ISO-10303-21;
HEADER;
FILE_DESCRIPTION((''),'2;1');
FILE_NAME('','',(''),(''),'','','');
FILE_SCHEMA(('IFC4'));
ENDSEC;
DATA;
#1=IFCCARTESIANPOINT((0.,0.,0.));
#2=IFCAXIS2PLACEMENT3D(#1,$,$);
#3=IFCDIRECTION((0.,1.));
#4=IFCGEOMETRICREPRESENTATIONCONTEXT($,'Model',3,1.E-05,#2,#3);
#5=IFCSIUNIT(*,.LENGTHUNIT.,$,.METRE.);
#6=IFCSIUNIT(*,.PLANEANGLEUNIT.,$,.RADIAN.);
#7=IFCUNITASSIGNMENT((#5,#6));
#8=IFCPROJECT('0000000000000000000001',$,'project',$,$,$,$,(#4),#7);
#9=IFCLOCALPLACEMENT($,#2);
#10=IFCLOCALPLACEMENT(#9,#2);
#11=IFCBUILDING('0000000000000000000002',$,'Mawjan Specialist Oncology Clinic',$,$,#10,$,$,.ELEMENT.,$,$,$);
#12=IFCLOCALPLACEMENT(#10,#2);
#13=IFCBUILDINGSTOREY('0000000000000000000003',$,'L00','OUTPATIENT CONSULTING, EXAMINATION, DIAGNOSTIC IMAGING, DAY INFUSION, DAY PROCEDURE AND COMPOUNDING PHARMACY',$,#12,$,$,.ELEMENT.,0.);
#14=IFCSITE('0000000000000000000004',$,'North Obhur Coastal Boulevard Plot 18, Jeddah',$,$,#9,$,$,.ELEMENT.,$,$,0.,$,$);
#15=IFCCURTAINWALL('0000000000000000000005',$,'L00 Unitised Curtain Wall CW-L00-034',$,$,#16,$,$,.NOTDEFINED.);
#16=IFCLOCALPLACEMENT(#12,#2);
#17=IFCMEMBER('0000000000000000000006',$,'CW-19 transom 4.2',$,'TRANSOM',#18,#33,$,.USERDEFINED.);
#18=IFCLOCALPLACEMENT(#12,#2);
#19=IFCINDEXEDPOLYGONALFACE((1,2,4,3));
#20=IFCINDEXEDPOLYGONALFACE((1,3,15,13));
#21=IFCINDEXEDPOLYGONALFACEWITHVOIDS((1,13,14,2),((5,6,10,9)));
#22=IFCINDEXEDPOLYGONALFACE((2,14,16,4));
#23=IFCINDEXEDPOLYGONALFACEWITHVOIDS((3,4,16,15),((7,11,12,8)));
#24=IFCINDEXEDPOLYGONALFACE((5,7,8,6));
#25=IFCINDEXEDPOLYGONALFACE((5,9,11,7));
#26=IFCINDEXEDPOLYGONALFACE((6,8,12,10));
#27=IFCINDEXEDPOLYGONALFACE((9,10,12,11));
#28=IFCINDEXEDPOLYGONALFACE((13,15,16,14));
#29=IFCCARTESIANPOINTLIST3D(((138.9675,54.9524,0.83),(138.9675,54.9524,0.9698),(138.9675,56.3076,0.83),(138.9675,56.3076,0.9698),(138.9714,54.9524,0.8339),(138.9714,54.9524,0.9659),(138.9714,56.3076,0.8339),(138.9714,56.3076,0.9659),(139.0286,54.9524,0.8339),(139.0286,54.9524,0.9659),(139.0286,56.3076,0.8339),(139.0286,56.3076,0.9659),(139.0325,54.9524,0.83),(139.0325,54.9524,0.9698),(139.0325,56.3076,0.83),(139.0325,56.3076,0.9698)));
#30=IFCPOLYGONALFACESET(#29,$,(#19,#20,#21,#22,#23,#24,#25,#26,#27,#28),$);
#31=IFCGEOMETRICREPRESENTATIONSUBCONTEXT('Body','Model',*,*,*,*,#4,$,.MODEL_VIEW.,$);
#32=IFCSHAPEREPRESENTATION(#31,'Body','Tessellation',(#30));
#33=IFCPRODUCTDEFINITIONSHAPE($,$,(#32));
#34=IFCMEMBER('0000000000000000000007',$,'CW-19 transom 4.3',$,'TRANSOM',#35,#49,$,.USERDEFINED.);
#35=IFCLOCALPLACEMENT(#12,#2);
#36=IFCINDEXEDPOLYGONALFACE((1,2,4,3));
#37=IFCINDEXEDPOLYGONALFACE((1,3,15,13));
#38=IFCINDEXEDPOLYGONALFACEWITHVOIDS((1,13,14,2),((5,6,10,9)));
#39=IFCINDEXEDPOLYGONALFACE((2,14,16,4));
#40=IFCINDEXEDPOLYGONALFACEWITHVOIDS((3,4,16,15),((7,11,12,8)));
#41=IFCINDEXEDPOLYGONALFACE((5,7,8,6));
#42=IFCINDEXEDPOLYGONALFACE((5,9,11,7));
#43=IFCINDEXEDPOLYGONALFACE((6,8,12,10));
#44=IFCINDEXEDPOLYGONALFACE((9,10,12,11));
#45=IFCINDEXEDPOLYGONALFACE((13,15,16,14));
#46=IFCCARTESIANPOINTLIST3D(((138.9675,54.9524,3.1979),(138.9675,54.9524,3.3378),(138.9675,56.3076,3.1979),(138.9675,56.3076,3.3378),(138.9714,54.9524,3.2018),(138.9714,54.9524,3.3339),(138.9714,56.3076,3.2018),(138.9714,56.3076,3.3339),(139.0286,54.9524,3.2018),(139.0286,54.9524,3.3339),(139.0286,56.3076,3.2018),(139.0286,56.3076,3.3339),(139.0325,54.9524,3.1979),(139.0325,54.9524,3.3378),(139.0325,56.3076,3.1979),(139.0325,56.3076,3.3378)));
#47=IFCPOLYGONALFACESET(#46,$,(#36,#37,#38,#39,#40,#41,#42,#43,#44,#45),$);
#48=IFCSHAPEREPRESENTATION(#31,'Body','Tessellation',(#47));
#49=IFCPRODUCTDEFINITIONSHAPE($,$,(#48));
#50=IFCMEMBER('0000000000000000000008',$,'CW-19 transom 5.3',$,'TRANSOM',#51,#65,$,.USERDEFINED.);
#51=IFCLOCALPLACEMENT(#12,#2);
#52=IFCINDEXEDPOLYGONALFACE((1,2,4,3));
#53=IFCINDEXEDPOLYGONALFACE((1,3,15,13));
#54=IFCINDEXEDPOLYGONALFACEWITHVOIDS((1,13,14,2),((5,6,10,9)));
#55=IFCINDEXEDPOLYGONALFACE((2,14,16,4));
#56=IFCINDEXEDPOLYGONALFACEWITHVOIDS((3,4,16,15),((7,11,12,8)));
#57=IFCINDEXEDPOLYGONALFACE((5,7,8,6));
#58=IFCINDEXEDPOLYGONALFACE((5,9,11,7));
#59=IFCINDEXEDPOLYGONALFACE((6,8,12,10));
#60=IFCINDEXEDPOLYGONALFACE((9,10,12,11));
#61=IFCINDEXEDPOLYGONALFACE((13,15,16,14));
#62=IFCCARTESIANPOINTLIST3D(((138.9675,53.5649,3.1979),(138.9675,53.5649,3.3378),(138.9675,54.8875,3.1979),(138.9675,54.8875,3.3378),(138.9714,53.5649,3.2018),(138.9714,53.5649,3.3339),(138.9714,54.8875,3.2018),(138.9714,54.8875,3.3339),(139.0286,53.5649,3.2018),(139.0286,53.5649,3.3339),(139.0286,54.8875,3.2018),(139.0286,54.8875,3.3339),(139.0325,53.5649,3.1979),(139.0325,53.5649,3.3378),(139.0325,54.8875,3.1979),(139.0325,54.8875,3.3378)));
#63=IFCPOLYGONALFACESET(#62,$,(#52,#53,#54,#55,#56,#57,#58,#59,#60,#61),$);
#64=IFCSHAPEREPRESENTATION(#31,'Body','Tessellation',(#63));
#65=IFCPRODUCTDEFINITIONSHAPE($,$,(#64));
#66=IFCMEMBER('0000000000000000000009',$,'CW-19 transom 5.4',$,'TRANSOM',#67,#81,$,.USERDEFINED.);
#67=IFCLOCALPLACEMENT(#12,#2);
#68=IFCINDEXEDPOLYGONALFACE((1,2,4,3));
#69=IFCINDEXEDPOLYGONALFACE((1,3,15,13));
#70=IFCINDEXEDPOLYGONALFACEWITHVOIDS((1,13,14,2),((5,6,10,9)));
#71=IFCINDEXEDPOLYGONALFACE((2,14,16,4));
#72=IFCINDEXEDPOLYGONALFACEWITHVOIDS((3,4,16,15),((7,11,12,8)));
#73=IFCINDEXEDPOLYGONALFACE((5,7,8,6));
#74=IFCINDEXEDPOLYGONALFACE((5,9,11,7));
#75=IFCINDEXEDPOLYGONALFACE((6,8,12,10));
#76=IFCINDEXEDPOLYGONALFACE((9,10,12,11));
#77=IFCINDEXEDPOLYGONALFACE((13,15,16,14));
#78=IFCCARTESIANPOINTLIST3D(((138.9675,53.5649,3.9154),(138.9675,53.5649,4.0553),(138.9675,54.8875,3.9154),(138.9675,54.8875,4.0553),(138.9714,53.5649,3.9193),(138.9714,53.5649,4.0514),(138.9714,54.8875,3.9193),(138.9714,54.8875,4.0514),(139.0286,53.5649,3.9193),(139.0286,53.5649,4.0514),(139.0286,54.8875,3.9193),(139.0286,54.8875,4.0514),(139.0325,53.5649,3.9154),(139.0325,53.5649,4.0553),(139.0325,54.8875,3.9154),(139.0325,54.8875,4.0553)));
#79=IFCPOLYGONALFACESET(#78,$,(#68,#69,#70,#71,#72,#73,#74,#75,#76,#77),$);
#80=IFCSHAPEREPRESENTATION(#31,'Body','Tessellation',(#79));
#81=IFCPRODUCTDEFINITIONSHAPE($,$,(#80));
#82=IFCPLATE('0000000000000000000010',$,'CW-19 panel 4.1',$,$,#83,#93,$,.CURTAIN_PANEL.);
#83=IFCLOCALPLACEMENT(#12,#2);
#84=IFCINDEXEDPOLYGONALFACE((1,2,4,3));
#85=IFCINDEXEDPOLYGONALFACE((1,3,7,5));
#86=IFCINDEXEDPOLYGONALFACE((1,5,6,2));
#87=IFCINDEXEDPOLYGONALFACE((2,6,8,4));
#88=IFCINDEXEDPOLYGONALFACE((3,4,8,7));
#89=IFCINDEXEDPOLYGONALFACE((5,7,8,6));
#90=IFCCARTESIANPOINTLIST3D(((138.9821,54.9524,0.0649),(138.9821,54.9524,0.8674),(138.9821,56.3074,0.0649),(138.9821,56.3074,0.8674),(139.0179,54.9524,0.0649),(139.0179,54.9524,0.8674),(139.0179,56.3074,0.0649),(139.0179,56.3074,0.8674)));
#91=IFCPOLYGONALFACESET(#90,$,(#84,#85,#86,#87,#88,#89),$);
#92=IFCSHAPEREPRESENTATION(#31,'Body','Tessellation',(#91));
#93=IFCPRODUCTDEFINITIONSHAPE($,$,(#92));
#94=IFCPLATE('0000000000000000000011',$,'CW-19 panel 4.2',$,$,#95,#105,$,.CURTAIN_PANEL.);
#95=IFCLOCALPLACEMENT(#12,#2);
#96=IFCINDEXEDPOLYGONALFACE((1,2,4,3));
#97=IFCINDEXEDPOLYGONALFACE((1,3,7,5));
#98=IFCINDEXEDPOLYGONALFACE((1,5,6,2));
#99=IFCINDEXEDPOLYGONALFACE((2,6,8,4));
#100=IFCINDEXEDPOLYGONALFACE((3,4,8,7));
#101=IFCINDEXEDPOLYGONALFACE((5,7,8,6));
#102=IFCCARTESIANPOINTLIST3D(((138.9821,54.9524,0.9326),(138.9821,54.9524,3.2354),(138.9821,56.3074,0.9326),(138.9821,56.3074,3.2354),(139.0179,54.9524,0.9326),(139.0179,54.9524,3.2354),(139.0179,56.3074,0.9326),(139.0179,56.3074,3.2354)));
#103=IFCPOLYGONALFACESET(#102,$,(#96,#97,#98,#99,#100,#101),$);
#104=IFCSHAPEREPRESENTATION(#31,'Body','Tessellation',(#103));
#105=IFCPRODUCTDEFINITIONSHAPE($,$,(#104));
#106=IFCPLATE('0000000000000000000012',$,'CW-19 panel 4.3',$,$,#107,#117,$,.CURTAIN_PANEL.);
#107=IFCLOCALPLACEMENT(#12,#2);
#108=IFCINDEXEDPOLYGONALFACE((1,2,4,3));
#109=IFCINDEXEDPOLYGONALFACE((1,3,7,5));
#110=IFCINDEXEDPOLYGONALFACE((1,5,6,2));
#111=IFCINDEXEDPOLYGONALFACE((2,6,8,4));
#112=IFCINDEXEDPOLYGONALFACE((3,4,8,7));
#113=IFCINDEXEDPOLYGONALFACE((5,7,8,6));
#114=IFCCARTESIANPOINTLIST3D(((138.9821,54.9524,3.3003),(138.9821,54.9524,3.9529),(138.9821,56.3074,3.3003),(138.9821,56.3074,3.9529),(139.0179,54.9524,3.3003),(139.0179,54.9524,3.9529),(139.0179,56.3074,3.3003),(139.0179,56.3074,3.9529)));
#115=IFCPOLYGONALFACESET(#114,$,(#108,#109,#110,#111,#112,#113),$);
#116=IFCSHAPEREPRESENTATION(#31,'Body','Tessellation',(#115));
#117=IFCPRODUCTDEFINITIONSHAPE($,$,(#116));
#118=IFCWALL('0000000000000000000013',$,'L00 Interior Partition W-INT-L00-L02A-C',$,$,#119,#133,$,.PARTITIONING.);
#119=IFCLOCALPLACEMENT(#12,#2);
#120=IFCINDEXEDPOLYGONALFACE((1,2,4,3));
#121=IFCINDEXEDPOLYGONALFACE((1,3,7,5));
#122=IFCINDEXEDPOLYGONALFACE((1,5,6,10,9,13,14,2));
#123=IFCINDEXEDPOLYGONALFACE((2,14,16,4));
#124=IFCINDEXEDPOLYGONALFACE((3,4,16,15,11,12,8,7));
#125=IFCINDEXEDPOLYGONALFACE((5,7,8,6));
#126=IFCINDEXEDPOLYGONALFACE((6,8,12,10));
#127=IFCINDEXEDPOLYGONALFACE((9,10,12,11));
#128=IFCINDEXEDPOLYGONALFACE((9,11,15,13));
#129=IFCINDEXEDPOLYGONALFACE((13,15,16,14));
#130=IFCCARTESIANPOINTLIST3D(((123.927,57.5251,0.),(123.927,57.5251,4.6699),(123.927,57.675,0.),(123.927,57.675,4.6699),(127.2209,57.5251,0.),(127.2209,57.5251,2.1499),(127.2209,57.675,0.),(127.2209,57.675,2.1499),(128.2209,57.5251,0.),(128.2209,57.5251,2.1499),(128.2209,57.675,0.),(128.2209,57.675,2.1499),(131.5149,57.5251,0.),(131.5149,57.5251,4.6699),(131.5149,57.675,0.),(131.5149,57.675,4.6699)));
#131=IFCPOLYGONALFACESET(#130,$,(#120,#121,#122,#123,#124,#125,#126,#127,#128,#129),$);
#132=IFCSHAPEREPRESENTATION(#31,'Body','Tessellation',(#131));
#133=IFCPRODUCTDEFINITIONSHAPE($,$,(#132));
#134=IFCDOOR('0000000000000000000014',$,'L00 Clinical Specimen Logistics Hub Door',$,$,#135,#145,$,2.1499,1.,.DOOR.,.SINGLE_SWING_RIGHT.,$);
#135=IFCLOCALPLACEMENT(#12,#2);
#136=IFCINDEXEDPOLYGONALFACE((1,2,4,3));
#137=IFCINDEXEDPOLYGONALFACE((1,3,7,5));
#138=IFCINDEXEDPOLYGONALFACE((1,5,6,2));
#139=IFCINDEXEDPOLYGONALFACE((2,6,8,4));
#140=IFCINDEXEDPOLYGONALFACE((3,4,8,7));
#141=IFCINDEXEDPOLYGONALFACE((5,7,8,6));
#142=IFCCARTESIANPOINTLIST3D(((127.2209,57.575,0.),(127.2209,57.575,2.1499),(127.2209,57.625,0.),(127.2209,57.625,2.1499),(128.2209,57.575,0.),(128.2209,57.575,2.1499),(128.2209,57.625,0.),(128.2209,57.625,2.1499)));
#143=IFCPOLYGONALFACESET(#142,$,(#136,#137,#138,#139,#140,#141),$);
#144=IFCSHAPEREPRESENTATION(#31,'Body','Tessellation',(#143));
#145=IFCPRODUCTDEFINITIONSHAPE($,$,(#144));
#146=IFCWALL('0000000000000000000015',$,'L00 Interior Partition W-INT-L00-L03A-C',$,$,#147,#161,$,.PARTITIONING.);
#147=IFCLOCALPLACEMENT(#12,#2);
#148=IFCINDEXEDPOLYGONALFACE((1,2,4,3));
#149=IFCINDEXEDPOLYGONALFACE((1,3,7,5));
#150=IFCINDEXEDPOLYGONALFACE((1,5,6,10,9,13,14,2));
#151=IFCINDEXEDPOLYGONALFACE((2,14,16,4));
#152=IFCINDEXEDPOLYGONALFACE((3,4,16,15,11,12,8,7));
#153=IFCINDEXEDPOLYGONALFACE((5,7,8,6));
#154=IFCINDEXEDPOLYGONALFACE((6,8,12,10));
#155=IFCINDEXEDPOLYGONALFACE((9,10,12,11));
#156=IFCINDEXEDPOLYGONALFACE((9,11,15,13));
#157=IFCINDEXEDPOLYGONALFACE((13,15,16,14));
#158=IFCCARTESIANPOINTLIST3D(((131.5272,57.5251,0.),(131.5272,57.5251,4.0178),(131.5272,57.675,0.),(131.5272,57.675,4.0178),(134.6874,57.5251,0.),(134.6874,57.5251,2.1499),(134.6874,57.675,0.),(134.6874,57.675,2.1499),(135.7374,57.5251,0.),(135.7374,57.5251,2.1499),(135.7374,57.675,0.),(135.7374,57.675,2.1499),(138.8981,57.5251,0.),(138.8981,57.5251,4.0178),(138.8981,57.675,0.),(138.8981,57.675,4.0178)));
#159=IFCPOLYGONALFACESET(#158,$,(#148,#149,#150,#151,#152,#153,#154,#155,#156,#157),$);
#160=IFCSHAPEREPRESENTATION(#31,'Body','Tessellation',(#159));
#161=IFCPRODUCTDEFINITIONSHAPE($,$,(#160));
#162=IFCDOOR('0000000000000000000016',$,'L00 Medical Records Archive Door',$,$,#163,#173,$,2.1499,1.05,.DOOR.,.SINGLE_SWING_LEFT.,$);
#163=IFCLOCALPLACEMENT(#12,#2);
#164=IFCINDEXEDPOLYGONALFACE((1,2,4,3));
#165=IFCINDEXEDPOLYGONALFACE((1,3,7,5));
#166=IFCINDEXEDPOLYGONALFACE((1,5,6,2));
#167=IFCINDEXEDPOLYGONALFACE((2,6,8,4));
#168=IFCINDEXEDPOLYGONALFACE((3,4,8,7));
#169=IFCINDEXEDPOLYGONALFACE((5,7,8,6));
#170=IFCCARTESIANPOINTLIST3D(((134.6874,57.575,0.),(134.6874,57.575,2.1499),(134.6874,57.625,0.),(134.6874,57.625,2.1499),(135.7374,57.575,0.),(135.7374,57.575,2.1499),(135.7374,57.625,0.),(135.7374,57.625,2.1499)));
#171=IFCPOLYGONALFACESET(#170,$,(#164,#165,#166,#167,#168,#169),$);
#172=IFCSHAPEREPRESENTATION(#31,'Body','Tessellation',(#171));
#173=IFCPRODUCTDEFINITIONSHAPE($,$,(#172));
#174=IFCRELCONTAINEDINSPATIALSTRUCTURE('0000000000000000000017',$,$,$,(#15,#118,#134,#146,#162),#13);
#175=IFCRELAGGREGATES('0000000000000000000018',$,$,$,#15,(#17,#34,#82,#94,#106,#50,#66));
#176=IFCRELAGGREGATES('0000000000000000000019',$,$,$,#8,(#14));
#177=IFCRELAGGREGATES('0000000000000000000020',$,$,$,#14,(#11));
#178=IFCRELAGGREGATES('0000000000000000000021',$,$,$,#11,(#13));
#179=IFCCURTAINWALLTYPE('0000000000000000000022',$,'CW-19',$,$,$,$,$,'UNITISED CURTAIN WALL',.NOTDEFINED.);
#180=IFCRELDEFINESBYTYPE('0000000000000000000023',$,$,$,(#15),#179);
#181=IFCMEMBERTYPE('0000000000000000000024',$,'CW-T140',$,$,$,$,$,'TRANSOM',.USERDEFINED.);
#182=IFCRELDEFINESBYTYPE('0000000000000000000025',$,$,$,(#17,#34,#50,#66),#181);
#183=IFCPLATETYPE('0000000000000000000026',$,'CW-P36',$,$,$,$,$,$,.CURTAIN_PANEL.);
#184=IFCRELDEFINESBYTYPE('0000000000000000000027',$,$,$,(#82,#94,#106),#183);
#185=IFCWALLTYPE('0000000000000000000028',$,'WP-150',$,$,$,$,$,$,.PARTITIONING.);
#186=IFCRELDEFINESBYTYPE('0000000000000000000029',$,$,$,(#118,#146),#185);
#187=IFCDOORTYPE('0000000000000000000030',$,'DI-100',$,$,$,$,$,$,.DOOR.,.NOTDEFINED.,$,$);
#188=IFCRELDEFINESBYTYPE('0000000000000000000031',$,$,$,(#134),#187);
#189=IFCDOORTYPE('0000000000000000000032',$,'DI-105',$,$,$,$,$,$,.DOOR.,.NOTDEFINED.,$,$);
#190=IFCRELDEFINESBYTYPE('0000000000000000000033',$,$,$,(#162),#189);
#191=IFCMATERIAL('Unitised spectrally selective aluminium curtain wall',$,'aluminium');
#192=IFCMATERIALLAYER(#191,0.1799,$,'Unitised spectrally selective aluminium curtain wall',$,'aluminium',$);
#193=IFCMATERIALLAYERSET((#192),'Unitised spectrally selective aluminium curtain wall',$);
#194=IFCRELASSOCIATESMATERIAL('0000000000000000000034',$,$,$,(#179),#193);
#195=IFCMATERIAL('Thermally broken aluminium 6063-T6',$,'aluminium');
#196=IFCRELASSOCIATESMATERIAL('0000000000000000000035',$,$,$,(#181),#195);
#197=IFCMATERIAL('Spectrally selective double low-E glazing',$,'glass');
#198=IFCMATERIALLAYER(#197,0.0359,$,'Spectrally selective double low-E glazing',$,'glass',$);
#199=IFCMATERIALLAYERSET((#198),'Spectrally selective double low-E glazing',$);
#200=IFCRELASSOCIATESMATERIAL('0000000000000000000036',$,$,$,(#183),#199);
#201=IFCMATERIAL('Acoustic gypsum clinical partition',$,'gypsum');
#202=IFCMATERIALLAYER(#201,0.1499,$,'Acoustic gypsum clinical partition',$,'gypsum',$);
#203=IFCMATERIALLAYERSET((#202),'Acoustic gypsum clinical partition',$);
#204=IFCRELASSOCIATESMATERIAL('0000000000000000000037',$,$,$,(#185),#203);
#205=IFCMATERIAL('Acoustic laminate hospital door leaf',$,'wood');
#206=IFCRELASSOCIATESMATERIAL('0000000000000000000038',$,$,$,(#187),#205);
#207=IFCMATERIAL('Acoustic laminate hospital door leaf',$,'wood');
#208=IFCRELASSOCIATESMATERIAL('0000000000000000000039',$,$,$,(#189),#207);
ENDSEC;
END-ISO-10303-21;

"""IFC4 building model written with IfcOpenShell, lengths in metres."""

from ifc_helpers import new_model, si_unit, direction, frame, frame_2d, origin, origin_2d, place, context, subcontext, project, spatial, rectangle, hollow_rectangle, extrude, material, layer, layer_set, material_profile, profile_set, type_object, element, fill, aggregate, save


model = new_model("IFC4")

# Units and contexts
model_context = context("Model", 3, precision=1e-05, world=origin(), true_north=direction((0.0, 1.0)))
body_context = subcontext(model_context, "Body", "Model", "MODEL_VIEW")
ifc_project = project(units=[si_unit("LENGTHUNIT", "METRE"), si_unit("PLANEANGLEUNIT", "RADIAN")], contexts=[model_context])

# Site, building, storey
site_placement = place(None, origin())
site = spatial("IfcSite", under=ifc_project, at=site_placement, Name="North Obhur Coastal Boulevard Plot 18, Jeddah", CompositionType="ELEMENT", RefElevation=0.0)
building_placement = place(site_placement, origin())
building = spatial("IfcBuilding", under=site, at=building_placement, Name="Mawjan Specialist Oncology Clinic", CompositionType="ELEMENT")
storey_placement = place(building_placement, origin())
storey = spatial("IfcBuildingStorey", under=building, at=storey_placement, Name="L00", Description="OUTPATIENT CONSULTING, EXAMINATION, DIAGNOSTIC IMAGING, DAY INFUSION, DAY PROCEDURE AND COMPOUNDING PHARMACY", CompositionType="ELEMENT", Elevation=0.0)

# Curtain wall, members, plates
ifc_material_1 = material(Name="Unitised spectrally selective aluminium curtain wall", Category="aluminium")
ifc_layer_1 = layer(ifc_material_1, 0.1799, Name="Unitised spectrally selective aluminium curtain wall", Category="aluminium")
ifc_layer_set_1 = layer_set([ifc_layer_1], Name="Unitised spectrally selective aluminium curtain wall")
curtain_wall_type = type_object("IfcCurtainWallType", Name="CW-19", ElementType="UNITISED CURTAIN WALL", PredefinedType="NOTDEFINED", material=ifc_layer_set_1)
curtain_wall_placement = place(storey_placement, origin())
curtain_wall = element("IfcCurtainWall", 1, at=curtain_wall_placement, inside=storey, type_object=curtain_wall_type, Name="L00 Unitised Curtain Wall CW-L00-034", PredefinedType="NOTDEFINED")
ifc_material_2 = material(Name="Thermally broken aluminium 6063-T6", Category="aluminium")
ifc_material_profile_1 = material_profile(ifc_material_2, hollow_rectangle(XDim=0.0649, YDim=0.1399, WallThickness=0.0039, at=origin_2d()), Name="ALU TRANSOM 140x65x4", Category="aluminium")
ifc_profile_set_1 = profile_set([ifc_material_profile_1], Name="Thermally broken aluminium 6063-T6")
member_type_1 = type_object("IfcMemberType", Name="CW-T140", ElementType="TRANSOM", PredefinedType="USERDEFINED", material=ifc_profile_set_1)
member_1_placement = place(storey_placement, frame((139.0, 56.3076, 0.8999), z_axis=(0.0, -1.0, 0.0), x_axis=(1.0, 0.0, 0.0)))
member_1 = element("IfcMember", 2, at=member_1_placement, type_object=member_type_1, Name="CW-19 transom 4.2", ObjectType="TRANSOM", PredefinedType="USERDEFINED", context=body_context, shape_type="SweptSolid", body=[
    extrude(hollow_rectangle(XDim=0.0649, YDim=0.1399, WallThickness=0.0039, at=origin_2d()), origin(), (0.0, 0.0, 1.0), 1.3552),
])
member_2_placement = place(storey_placement, frame((139.0, 56.3076, 3.2678), z_axis=(0.0, -1.0, 0.0), x_axis=(1.0, 0.0, 0.0)))
member_2 = element("IfcMember", 3, at=member_2_placement, type_object=member_type_1, Name="CW-19 transom 4.3", ObjectType="TRANSOM", PredefinedType="USERDEFINED", context=body_context, shape_type="SweptSolid", body=[
    extrude(hollow_rectangle(XDim=0.0649, YDim=0.1399, WallThickness=0.0039, at=origin_2d()), origin(), (0.0, 0.0, 1.0), 1.3552),
])
member_3_placement = place(storey_placement, frame((139.0, 54.8875, 3.2678), z_axis=(0.0, -1.0, 0.0), x_axis=(1.0, 0.0, 0.0)))
member_3 = element("IfcMember", 4, at=member_3_placement, type_object=member_type_1, Name="CW-19 transom 5.3", ObjectType="TRANSOM", PredefinedType="USERDEFINED", context=body_context, shape_type="SweptSolid", body=[
    extrude(hollow_rectangle(XDim=0.0649, YDim=0.1399, WallThickness=0.0039, at=origin_2d()), origin(), (0.0, 0.0, 1.0), 1.3225),
])
member_4_placement = place(storey_placement, frame((139.0, 54.8875, 3.9854), z_axis=(0.0, -1.0, 0.0), x_axis=(1.0, 0.0, 0.0)))
member_4 = element("IfcMember", 5, at=member_4_placement, type_object=member_type_1, Name="CW-19 transom 5.4", ObjectType="TRANSOM", PredefinedType="USERDEFINED", context=body_context, shape_type="SweptSolid", body=[
    extrude(hollow_rectangle(XDim=0.0649, YDim=0.1399, WallThickness=0.0039, at=origin_2d()), origin(), (0.0, 0.0, 1.0), 1.3225),
])
ifc_material_3 = material(Name="Spectrally selective double low-E glazing", Category="glass")
ifc_layer_2 = layer(ifc_material_3, 0.0359, Name="Spectrally selective double low-E glazing", Category="glass")
ifc_layer_set_2 = layer_set([ifc_layer_2], Name="Spectrally selective double low-E glazing")
plate_type = type_object("IfcPlateType", Name="CW-P36", PredefinedType="CURTAIN_PANEL", material=ifc_layer_set_2)
plate_1_placement = place(storey_placement, frame((139.0, 55.6299, 0.0649), z_axis=(0.0, 0.0, 1.0), x_axis=(0.0, -1.0, 0.0)))
plate_1 = element("IfcPlate", 6, at=plate_1_placement, type_object=plate_type, Name="CW-19 panel 4.1", PredefinedType="CURTAIN_PANEL", context=body_context, shape_type="SweptSolid", body=[
    extrude(rectangle(XDim=1.355, YDim=0.0359, at=origin_2d()), origin(), (0.0, 0.0, 1.0), 0.8025),
])
plate_2_placement = place(storey_placement, frame((139.0, 55.6299, 0.9326), z_axis=(0.0, 0.0, 1.0), x_axis=(0.0, -1.0, 0.0)))
plate_2 = element("IfcPlate", 7, at=plate_2_placement, type_object=plate_type, Name="CW-19 panel 4.2", PredefinedType="CURTAIN_PANEL", context=body_context, shape_type="SweptSolid", body=[
    extrude(rectangle(XDim=1.355, YDim=0.0359, at=origin_2d()), origin(), (0.0, 0.0, 1.0), 2.3027),
])
plate_3_placement = place(storey_placement, frame((139.0, 55.6299, 3.3003), z_axis=(0.0, 0.0, 1.0), x_axis=(0.0, -1.0, 0.0)))
plate_3 = element("IfcPlate", 8, at=plate_3_placement, type_object=plate_type, Name="CW-19 panel 4.3", PredefinedType="CURTAIN_PANEL", context=body_context, shape_type="SweptSolid", body=[
    extrude(rectangle(XDim=1.355, YDim=0.0359, at=origin_2d()), origin(), (0.0, 0.0, 1.0), 0.6526),
])
aggregate(curtain_wall, [member_1, member_2, plate_1, plate_2, plate_3, member_3, member_4])

# Walls, openings, doors
ifc_material_4 = material(Name="Acoustic gypsum clinical partition", Category="gypsum")
ifc_layer_3 = layer(ifc_material_4, 0.1499, Name="Acoustic gypsum clinical partition", Category="gypsum")
ifc_layer_set_3 = layer_set([ifc_layer_3], Name="Acoustic gypsum clinical partition")
wall_type_1 = type_object("IfcWallType", Name="WP-150", PredefinedType="PARTITIONING", material=ifc_layer_set_3)
wall_1_placement = place(storey_placement, frame((123.927, 57.6001, 0.0), z_axis=(0.0, 0.0, 1.0), x_axis=(1.0, 0.0, 0.0)))
wall_1 = element("IfcWall", 9, at=wall_1_placement, inside=storey, type_object=wall_type_1, Name="L00 Interior Partition W-INT-L00-L02A-C", PredefinedType="PARTITIONING", context=body_context, shape_type="SweptSolid", body=[
    extrude(rectangle(XDim=7.5879, YDim=0.1499, at=frame_2d((3.7939, 0.0))), origin(), (0.0, 0.0, 1.0), 4.6699),
])
opening_1_placement = place(wall_1_placement, frame((3.2939, 0.0, 0.0)))
opening_1 = element("IfcOpeningElement", 10, at=opening_1_placement, cuts=wall_1, PredefinedType="OPENING", context=body_context, shape_type="SweptSolid", body=[
    extrude(rectangle(XDim=1.0, YDim=2.1499, at=frame_2d((0.5, 1.075))), frame((0.0, 0.0869, 0.0), z_axis=(0.0, -1.0, 0.0), x_axis=(1.0, 0.0, 0.0)), (0.0, 0.0, 1.0), 0.1738),
])
ifc_material_5 = material(Name="Acoustic laminate hospital door leaf", Category="wood")
door_type_1 = type_object("IfcDoorType", Name="DI-100", OperationType="NOTDEFINED", PredefinedType="DOOR", material=ifc_material_5)
door_1_placement = place(opening_1_placement, origin())
door_1 = element("IfcDoor", 11, at=door_1_placement, inside=storey, type_object=door_type_1, Name="L00 Clinical Specimen Logistics Hub Door", OperationType="SINGLE_SWING_RIGHT", OverallHeight=2.1499, OverallWidth=1.0, PredefinedType="DOOR", context=body_context, shape_type="SweptSolid", body=[
    extrude(rectangle(XDim=1.0, YDim=2.1499, at=frame_2d((0.5, 1.075))), frame((0.0, 0.0249, 0.0), z_axis=(0.0, -1.0, 0.0), x_axis=(1.0, 0.0, 0.0)), (0.0, 0.0, 1.0), 0.05),
])
fill(opening_1, door_1)
wall_2_placement = place(storey_placement, frame((131.5271, 57.6001, 0.0), z_axis=(0.0, 0.0, 1.0), x_axis=(1.0, 0.0, 0.0)))
wall_2 = element("IfcWall", 12, at=wall_2_placement, inside=storey, type_object=wall_type_1, Name="L00 Interior Partition W-INT-L00-L03A-C", PredefinedType="PARTITIONING", context=body_context, shape_type="SweptSolid", body=[
    extrude(rectangle(XDim=7.3708, YDim=0.1499, at=frame_2d((3.6855, 0.0))), origin(), (0.0, 0.0, 1.0), 4.0178),
])
opening_2_placement = place(wall_2_placement, frame((3.1604, 0.0, 0.0)))
opening_2 = element("IfcOpeningElement", 13, at=opening_2_placement, cuts=wall_2, PredefinedType="OPENING", context=body_context, shape_type="SweptSolid", body=[
    extrude(rectangle(XDim=1.05, YDim=2.1499, at=frame_2d((0.5249, 1.075))), frame((0.0, 0.0869, 0.0), z_axis=(0.0, -1.0, 0.0), x_axis=(1.0, 0.0, 0.0)), (0.0, 0.0, 1.0), 0.1738),
])
ifc_material_6 = material(Name="Acoustic laminate hospital door leaf", Category="wood")
door_type_2 = type_object("IfcDoorType", Name="DI-105", OperationType="NOTDEFINED", PredefinedType="DOOR", material=ifc_material_6)
door_2_placement = place(opening_2_placement, origin())
door_2 = element("IfcDoor", 14, at=door_2_placement, inside=storey, type_object=door_type_2, Name="L00 Medical Records Archive Door", OperationType="SINGLE_SWING_LEFT", OverallHeight=2.1499, OverallWidth=1.05, PredefinedType="DOOR", context=body_context, shape_type="SweptSolid", body=[
    extrude(rectangle(XDim=1.05, YDim=2.1499, at=frame_2d((0.5249, 1.075))), frame((0.0, 0.0249, 0.0), z_axis=(0.0, -1.0, 0.0), x_axis=(1.0, 0.0, 0.0)), (0.0, 0.0, 1.0), 0.05),
])
fill(opening_2, door_2)

save(model, "model.ifc")
